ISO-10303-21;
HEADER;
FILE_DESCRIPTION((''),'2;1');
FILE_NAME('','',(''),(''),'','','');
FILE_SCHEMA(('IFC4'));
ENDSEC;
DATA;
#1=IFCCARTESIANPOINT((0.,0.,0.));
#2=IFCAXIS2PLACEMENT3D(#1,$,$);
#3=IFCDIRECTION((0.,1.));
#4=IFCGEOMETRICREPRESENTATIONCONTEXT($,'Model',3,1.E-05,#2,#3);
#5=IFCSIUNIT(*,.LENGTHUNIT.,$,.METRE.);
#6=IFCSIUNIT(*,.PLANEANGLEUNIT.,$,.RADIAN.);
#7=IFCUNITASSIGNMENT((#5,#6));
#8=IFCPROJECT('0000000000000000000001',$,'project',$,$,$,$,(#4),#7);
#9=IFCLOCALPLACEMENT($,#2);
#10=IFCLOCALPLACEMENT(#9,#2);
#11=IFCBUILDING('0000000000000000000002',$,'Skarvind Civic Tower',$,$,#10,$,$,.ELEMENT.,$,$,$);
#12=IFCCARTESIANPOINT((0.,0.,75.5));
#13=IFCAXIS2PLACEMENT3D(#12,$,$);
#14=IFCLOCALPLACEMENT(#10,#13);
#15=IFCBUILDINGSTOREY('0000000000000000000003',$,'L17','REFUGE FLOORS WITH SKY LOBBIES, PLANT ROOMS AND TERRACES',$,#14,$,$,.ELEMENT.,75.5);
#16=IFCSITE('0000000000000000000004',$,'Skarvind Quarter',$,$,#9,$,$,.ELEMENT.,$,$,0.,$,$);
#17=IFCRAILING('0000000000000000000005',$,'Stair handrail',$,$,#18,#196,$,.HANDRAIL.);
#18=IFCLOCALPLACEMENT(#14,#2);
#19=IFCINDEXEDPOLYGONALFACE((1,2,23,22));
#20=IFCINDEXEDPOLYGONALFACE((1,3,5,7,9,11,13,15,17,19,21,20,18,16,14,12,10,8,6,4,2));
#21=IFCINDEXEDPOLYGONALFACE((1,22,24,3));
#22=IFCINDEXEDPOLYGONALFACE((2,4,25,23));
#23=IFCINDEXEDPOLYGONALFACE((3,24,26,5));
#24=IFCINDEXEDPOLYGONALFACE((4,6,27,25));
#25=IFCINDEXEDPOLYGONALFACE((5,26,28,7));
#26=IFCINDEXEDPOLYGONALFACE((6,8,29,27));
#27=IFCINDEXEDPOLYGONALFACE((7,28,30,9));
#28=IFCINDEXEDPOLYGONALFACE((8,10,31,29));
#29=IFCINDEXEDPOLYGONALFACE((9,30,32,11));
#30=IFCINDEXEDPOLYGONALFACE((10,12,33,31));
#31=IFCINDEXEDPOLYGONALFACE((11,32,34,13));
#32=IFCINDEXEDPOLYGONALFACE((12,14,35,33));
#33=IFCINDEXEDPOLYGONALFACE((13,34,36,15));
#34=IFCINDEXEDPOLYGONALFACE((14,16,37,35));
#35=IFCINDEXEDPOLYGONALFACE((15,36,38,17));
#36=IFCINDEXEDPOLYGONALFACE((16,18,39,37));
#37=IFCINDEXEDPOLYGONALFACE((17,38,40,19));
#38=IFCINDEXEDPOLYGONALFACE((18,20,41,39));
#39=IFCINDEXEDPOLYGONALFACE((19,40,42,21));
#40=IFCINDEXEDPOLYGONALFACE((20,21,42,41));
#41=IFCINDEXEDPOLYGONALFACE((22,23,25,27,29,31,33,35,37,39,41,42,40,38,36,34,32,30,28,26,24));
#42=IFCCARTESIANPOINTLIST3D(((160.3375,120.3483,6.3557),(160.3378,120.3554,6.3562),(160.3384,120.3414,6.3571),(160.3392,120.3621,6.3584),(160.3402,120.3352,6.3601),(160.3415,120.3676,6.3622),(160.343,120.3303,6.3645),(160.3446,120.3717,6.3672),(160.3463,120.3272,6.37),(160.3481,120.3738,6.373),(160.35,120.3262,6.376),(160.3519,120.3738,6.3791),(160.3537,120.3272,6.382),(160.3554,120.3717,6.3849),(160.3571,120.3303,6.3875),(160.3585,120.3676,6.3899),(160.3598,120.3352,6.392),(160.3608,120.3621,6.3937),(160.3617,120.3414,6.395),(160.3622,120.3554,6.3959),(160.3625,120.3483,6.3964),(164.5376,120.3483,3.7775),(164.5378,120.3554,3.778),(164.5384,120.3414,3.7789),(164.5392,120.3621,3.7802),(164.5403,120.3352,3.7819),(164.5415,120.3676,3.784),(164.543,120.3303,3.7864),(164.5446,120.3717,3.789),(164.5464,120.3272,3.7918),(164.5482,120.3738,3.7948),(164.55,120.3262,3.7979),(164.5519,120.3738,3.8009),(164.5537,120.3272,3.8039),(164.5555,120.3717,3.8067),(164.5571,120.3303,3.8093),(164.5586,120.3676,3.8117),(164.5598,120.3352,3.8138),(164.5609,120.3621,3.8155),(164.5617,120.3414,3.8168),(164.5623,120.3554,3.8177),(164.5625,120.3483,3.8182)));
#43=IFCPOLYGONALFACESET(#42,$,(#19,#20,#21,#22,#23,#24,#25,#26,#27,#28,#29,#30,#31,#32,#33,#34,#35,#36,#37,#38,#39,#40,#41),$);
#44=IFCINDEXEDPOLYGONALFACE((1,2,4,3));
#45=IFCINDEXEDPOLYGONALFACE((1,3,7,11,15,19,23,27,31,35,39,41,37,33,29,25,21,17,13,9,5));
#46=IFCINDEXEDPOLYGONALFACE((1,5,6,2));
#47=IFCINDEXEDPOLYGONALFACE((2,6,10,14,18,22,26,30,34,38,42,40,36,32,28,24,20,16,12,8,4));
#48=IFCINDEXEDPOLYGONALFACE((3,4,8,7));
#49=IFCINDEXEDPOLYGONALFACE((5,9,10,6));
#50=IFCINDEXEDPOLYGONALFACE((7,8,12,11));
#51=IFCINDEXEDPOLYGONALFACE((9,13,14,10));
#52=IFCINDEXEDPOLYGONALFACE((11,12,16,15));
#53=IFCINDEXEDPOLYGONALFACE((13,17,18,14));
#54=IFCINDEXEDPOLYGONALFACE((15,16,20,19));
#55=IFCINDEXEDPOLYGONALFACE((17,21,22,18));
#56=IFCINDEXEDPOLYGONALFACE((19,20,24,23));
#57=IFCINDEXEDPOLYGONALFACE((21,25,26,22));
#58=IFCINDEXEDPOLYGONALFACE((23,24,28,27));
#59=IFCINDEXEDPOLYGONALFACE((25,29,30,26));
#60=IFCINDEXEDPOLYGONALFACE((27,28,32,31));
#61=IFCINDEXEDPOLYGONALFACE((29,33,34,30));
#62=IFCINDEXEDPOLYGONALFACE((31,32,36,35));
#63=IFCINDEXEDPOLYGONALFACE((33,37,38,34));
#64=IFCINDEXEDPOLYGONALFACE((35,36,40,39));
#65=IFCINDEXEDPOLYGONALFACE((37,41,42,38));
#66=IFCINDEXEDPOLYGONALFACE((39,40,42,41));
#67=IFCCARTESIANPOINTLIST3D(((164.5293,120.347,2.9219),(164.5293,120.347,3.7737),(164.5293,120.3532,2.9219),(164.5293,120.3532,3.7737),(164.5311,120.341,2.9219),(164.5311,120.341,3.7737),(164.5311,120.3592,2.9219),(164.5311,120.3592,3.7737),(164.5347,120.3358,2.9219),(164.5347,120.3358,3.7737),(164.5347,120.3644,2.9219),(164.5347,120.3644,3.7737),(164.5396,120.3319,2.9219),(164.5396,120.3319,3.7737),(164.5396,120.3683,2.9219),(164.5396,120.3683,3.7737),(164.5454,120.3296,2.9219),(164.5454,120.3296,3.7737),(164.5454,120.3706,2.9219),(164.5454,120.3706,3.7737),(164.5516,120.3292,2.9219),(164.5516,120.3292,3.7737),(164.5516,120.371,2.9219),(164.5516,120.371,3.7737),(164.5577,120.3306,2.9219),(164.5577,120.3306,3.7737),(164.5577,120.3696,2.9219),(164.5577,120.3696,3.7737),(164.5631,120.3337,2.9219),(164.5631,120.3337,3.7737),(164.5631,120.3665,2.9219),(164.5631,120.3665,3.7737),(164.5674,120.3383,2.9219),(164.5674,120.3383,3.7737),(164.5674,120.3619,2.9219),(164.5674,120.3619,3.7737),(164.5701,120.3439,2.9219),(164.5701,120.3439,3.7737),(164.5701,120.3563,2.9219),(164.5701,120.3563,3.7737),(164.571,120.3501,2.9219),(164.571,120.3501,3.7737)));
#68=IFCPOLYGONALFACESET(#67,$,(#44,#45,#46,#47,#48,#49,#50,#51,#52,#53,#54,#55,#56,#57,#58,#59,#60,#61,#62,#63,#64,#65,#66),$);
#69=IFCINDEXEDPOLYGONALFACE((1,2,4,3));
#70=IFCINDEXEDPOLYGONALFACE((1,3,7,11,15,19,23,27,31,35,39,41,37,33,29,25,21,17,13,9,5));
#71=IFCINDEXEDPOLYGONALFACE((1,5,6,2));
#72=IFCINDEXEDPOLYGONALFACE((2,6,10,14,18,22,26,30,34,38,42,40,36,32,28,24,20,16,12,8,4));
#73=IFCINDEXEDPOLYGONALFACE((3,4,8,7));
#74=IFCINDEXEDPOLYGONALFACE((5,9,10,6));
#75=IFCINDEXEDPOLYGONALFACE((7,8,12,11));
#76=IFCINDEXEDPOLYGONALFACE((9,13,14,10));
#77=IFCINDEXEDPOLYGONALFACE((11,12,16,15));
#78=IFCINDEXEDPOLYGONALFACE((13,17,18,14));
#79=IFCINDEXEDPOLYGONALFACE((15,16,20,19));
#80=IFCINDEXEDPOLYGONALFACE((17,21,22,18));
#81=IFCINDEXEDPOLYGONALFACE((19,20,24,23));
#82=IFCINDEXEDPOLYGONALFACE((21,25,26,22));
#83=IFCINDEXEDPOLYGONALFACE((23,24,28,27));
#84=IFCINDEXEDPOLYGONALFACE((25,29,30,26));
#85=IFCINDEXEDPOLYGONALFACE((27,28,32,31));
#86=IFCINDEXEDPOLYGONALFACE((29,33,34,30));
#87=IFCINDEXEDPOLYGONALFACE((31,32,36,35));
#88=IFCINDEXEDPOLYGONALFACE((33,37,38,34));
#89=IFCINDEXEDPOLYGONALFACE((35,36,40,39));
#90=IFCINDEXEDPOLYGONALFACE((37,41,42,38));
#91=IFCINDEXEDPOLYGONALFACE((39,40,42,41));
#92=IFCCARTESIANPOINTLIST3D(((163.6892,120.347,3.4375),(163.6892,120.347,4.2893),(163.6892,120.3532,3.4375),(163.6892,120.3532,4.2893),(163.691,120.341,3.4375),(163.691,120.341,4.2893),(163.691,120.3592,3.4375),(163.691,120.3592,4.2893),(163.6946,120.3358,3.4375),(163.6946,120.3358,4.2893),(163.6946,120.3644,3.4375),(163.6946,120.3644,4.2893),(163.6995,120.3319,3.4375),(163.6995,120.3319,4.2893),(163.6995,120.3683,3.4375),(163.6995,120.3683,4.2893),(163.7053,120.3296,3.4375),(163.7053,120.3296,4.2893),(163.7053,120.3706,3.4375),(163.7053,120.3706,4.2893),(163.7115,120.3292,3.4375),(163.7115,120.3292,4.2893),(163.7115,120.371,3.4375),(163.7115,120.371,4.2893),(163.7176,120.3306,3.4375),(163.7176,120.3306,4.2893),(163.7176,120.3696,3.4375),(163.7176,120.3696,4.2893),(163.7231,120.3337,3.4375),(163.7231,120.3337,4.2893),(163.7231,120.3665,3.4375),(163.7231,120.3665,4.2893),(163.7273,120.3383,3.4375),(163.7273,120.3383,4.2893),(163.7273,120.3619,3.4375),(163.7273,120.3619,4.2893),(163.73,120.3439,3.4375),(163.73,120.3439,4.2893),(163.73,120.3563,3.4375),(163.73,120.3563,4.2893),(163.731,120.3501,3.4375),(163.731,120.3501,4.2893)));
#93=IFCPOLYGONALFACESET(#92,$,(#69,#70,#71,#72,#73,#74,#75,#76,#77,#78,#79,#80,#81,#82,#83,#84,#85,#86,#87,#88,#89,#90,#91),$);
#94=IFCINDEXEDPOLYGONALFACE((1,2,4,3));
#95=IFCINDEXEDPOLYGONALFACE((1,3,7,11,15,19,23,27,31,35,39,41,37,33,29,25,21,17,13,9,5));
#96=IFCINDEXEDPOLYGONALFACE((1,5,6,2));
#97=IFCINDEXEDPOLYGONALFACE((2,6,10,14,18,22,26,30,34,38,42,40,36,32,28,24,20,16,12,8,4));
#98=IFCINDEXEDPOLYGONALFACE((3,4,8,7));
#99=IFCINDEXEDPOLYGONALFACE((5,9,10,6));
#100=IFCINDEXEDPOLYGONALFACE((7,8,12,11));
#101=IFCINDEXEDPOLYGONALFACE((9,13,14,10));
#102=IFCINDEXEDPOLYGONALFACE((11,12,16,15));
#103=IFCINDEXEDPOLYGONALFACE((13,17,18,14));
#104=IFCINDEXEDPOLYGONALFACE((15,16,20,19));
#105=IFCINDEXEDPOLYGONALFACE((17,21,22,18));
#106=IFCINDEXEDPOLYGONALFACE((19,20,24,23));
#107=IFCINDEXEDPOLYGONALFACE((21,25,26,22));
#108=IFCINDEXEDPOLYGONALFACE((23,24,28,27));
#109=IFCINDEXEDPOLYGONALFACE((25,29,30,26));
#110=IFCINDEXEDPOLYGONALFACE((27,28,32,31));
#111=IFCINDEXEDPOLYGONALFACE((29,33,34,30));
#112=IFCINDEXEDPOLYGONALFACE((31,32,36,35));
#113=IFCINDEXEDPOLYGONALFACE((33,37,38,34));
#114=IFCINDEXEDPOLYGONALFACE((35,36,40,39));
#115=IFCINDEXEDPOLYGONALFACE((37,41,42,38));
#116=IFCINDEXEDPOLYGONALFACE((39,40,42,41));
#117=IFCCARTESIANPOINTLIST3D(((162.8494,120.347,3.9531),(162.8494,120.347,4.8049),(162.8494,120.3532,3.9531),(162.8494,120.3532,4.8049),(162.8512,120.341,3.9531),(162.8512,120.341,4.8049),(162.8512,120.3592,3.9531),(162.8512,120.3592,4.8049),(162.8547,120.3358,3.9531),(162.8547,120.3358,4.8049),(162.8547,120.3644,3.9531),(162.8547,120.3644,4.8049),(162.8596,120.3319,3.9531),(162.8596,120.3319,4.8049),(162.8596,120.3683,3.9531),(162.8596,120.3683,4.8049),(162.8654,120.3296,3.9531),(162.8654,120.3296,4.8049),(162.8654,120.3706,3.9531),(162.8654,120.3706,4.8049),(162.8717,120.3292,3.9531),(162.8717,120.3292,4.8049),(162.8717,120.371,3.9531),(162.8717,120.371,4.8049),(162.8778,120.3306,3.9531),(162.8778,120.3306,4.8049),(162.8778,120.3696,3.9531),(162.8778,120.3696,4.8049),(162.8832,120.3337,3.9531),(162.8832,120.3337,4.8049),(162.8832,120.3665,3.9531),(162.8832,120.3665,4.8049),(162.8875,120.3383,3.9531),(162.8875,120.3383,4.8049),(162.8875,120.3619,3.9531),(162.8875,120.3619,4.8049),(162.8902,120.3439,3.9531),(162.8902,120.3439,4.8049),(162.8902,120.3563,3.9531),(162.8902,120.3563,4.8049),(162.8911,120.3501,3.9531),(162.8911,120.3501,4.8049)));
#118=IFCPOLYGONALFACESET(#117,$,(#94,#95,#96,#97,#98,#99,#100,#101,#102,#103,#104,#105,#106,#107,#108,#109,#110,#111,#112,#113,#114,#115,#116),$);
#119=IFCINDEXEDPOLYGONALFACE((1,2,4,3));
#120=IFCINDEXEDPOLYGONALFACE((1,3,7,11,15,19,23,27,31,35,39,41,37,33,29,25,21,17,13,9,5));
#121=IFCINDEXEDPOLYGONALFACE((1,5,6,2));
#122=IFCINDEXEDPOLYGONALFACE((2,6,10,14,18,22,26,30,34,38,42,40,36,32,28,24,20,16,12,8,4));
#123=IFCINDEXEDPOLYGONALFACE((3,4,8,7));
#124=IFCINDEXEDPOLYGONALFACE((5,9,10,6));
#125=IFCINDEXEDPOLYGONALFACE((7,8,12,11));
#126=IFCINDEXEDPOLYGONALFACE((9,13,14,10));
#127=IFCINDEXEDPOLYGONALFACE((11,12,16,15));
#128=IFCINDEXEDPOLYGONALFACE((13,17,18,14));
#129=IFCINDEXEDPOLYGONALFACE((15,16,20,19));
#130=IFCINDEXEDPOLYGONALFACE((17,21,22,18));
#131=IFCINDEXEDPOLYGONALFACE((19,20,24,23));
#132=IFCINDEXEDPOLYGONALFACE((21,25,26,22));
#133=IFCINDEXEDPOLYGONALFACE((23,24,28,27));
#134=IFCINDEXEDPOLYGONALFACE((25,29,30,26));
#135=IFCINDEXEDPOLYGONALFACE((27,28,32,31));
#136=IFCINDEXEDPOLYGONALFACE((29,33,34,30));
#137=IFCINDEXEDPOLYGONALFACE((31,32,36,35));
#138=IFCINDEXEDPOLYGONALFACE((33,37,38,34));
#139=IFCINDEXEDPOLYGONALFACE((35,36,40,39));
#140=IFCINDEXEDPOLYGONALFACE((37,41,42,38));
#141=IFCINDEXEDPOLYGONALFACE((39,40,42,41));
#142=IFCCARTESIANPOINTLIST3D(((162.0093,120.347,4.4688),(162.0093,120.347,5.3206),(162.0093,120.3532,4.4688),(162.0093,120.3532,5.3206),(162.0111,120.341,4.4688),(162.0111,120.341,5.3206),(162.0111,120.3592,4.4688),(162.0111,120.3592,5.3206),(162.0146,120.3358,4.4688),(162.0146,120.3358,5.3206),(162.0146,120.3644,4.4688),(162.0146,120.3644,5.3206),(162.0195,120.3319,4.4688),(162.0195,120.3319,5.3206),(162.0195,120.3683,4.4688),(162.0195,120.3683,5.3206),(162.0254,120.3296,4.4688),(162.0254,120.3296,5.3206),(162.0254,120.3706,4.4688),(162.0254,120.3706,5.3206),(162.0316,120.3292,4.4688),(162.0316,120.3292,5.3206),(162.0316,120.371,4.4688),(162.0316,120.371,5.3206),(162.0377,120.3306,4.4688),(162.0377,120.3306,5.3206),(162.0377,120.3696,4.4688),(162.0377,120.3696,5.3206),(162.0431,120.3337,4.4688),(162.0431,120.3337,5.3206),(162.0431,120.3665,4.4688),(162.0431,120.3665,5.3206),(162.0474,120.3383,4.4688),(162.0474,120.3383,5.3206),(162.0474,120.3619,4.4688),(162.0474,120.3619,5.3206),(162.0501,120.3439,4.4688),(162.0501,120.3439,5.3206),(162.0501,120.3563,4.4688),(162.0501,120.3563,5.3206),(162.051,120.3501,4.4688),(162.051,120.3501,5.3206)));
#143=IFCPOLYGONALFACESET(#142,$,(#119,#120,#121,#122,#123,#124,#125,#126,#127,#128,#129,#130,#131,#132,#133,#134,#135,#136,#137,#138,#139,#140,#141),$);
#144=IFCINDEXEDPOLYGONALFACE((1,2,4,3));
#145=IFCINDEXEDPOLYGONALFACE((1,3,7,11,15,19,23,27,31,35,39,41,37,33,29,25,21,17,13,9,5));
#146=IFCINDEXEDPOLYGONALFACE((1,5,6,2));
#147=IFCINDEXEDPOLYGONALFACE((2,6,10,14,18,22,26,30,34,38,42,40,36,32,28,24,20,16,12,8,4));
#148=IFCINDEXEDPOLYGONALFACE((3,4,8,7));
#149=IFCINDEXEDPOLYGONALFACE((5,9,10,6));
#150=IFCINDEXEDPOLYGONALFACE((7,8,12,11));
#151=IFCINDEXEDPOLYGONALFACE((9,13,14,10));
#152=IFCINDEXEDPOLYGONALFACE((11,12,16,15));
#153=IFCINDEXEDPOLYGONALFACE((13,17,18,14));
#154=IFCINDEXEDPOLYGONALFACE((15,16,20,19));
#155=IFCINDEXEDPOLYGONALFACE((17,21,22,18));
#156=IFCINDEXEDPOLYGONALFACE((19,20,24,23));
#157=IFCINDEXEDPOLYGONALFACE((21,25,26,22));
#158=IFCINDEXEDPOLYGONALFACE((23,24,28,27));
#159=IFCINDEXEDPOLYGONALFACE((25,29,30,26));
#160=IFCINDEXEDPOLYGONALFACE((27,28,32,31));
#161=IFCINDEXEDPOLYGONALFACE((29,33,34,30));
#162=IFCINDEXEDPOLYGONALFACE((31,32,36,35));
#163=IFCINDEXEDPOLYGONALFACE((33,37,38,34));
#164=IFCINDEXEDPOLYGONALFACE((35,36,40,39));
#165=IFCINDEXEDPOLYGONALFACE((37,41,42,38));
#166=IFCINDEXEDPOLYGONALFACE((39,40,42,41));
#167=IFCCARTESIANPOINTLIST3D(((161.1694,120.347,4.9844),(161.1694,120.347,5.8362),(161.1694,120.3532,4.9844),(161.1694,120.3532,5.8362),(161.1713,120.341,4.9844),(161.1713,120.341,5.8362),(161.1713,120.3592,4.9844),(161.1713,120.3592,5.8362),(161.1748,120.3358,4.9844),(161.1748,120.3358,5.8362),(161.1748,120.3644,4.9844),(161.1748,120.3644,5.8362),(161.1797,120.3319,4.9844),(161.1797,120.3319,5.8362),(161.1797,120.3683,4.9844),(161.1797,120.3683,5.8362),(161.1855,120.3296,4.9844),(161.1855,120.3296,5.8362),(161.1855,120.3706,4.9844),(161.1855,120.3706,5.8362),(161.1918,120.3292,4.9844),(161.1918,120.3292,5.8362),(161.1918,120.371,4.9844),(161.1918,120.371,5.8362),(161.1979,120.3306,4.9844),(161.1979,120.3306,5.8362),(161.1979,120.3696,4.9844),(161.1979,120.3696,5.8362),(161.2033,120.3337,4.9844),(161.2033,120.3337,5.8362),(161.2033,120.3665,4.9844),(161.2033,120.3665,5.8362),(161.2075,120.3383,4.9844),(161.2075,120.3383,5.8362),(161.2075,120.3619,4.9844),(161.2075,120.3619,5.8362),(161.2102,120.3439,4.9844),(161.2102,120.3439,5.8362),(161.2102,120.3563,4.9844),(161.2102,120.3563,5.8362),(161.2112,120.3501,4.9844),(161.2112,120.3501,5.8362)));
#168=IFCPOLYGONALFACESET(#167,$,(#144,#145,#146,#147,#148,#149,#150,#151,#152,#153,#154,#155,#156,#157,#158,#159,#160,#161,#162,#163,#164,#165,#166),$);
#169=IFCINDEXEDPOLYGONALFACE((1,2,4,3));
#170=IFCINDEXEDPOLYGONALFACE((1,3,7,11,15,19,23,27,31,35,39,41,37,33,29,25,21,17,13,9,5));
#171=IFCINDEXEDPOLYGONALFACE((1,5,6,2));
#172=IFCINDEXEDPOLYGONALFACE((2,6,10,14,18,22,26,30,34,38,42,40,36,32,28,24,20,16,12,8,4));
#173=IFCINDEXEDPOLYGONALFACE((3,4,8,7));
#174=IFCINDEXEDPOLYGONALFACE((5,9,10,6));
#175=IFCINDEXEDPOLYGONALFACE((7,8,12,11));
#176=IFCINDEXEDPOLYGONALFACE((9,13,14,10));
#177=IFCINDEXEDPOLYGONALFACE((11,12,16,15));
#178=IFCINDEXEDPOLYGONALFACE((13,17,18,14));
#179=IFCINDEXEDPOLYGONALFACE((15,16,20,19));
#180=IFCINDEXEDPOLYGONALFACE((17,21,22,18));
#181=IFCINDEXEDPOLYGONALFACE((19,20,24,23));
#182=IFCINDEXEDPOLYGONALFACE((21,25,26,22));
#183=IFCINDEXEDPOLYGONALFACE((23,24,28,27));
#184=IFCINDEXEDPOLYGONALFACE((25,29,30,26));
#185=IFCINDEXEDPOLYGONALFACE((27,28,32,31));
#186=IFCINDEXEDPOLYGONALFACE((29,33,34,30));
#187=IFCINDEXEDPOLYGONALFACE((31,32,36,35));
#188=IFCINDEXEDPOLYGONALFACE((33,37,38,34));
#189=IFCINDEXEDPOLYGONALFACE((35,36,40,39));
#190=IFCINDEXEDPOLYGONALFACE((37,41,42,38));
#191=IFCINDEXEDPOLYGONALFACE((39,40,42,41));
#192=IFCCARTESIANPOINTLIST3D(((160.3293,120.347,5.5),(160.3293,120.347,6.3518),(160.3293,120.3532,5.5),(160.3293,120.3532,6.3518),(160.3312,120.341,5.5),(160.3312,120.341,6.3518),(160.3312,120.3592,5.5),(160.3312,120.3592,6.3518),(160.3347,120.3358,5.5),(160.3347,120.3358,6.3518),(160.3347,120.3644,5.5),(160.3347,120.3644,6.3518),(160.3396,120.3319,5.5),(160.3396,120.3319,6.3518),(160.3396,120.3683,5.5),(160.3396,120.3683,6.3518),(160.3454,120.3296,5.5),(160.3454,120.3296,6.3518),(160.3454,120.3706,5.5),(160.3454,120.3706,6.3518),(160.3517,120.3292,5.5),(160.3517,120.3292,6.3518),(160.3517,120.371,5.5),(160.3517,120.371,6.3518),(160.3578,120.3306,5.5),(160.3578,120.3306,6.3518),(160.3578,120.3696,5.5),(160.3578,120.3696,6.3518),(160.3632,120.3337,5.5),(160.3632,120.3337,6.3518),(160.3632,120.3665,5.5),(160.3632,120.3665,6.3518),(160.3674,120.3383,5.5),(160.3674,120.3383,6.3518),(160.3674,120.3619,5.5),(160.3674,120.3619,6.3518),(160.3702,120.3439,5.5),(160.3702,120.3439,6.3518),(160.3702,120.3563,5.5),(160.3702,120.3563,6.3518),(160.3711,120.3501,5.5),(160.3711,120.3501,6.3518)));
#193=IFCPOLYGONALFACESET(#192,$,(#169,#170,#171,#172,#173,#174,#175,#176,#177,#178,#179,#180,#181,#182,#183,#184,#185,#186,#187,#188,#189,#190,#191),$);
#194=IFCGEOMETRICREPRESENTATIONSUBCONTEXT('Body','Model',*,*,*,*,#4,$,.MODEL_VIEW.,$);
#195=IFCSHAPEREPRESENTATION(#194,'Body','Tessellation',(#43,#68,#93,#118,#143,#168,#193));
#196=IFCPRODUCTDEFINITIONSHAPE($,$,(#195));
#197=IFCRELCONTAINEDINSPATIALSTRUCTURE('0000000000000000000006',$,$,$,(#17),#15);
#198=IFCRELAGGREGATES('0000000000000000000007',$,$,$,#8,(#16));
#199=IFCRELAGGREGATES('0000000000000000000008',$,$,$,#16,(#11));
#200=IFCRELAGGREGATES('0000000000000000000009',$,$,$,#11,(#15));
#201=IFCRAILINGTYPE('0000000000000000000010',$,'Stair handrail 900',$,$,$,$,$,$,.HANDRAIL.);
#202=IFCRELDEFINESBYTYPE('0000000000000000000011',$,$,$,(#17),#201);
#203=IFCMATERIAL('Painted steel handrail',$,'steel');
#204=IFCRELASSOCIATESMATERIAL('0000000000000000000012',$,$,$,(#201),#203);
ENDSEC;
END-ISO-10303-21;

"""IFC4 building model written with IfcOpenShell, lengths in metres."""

from ifc_helpers import new_model, si_unit, direction, frame, origin, origin_2d, place, context, subcontext, project, spatial, circle, extrude, material, type_object, element, save


model = new_model("IFC4")

# Units and contexts
model_context = context("Model", 3, precision=1e-05, world=origin(), true_north=direction((0.0, 1.0)))
body_context = subcontext(model_context, "Body", "Model", "MODEL_VIEW")
ifc_project = project(units=[si_unit("LENGTHUNIT", "METRE"), si_unit("PLANEANGLEUNIT", "RADIAN")], contexts=[model_context])

# Site, building, storey
site_placement = place(None, origin())
site = spatial("IfcSite", under=ifc_project, at=site_placement, Name="Skarvind Quarter", CompositionType="ELEMENT", RefElevation=0.0)
building_placement = place(site_placement, origin())
building = spatial("IfcBuilding", under=site, at=building_placement, Name="Skarvind Civic Tower", CompositionType="ELEMENT")
storey_placement = place(building_placement, frame((0.0, 0.0, 75.5)))
storey = spatial("IfcBuildingStorey", under=building, at=storey_placement, Name="L17", Description="REFUGE FLOORS WITH SKY LOBBIES, PLANT ROOMS AND TERRACES", CompositionType="ELEMENT", Elevation=75.5)

# Railing
ifc_material_1 = material(Name="Painted steel handrail", Category="steel")
railing_type = type_object("IfcRailingType", Name="Stair handrail 900", PredefinedType="HANDRAIL", material=ifc_material_1)
railing_placement = place(storey_placement, frame((164.55, 120.3501, 2.9219)))
element("IfcRailing", 1, at=railing_placement, inside=storey, type_object=railing_type, Name="Stair handrail", PredefinedType="HANDRAIL", context=body_context, shape_type="SweptSolid", body=[
    extrude(circle(Radius=0.0239, at=origin_2d()), frame((0.0, 0.0, 0.876), z_axis=(-0.852243, 0.0, 0.523146), x_axis=(0.0, -1.0, 0.0)), (0.0, 0.0, 1.0), 4.9282),
    extrude(circle(Radius=0.021, at=origin_2d()), origin(), (0.0, 0.0, 1.0), 0.8518),
    extrude(circle(Radius=0.021, at=origin_2d()), frame((-0.8401, 0.0, 0.5156)), (0.0, 0.0, 1.0), 0.8518),
    extrude(circle(Radius=0.021, at=origin_2d()), frame((-1.6799, 0.0, 1.0312)), (0.0, 0.0, 1.0), 0.8518),
    extrude(circle(Radius=0.021, at=origin_2d()), frame((-2.52, 0.0, 1.5469)), (0.0, 0.0, 1.0), 0.8518),
    extrude(circle(Radius=0.021, at=origin_2d()), frame((-3.3599, 0.0, 2.0625)), (0.0, 0.0, 1.0), 0.8518),
    extrude(circle(Radius=0.021, at=origin_2d()), frame((-4.2, 0.0, 2.5781)), (0.0, 0.0, 1.0), 0.8518),
])

save(model, "model.ifc")
